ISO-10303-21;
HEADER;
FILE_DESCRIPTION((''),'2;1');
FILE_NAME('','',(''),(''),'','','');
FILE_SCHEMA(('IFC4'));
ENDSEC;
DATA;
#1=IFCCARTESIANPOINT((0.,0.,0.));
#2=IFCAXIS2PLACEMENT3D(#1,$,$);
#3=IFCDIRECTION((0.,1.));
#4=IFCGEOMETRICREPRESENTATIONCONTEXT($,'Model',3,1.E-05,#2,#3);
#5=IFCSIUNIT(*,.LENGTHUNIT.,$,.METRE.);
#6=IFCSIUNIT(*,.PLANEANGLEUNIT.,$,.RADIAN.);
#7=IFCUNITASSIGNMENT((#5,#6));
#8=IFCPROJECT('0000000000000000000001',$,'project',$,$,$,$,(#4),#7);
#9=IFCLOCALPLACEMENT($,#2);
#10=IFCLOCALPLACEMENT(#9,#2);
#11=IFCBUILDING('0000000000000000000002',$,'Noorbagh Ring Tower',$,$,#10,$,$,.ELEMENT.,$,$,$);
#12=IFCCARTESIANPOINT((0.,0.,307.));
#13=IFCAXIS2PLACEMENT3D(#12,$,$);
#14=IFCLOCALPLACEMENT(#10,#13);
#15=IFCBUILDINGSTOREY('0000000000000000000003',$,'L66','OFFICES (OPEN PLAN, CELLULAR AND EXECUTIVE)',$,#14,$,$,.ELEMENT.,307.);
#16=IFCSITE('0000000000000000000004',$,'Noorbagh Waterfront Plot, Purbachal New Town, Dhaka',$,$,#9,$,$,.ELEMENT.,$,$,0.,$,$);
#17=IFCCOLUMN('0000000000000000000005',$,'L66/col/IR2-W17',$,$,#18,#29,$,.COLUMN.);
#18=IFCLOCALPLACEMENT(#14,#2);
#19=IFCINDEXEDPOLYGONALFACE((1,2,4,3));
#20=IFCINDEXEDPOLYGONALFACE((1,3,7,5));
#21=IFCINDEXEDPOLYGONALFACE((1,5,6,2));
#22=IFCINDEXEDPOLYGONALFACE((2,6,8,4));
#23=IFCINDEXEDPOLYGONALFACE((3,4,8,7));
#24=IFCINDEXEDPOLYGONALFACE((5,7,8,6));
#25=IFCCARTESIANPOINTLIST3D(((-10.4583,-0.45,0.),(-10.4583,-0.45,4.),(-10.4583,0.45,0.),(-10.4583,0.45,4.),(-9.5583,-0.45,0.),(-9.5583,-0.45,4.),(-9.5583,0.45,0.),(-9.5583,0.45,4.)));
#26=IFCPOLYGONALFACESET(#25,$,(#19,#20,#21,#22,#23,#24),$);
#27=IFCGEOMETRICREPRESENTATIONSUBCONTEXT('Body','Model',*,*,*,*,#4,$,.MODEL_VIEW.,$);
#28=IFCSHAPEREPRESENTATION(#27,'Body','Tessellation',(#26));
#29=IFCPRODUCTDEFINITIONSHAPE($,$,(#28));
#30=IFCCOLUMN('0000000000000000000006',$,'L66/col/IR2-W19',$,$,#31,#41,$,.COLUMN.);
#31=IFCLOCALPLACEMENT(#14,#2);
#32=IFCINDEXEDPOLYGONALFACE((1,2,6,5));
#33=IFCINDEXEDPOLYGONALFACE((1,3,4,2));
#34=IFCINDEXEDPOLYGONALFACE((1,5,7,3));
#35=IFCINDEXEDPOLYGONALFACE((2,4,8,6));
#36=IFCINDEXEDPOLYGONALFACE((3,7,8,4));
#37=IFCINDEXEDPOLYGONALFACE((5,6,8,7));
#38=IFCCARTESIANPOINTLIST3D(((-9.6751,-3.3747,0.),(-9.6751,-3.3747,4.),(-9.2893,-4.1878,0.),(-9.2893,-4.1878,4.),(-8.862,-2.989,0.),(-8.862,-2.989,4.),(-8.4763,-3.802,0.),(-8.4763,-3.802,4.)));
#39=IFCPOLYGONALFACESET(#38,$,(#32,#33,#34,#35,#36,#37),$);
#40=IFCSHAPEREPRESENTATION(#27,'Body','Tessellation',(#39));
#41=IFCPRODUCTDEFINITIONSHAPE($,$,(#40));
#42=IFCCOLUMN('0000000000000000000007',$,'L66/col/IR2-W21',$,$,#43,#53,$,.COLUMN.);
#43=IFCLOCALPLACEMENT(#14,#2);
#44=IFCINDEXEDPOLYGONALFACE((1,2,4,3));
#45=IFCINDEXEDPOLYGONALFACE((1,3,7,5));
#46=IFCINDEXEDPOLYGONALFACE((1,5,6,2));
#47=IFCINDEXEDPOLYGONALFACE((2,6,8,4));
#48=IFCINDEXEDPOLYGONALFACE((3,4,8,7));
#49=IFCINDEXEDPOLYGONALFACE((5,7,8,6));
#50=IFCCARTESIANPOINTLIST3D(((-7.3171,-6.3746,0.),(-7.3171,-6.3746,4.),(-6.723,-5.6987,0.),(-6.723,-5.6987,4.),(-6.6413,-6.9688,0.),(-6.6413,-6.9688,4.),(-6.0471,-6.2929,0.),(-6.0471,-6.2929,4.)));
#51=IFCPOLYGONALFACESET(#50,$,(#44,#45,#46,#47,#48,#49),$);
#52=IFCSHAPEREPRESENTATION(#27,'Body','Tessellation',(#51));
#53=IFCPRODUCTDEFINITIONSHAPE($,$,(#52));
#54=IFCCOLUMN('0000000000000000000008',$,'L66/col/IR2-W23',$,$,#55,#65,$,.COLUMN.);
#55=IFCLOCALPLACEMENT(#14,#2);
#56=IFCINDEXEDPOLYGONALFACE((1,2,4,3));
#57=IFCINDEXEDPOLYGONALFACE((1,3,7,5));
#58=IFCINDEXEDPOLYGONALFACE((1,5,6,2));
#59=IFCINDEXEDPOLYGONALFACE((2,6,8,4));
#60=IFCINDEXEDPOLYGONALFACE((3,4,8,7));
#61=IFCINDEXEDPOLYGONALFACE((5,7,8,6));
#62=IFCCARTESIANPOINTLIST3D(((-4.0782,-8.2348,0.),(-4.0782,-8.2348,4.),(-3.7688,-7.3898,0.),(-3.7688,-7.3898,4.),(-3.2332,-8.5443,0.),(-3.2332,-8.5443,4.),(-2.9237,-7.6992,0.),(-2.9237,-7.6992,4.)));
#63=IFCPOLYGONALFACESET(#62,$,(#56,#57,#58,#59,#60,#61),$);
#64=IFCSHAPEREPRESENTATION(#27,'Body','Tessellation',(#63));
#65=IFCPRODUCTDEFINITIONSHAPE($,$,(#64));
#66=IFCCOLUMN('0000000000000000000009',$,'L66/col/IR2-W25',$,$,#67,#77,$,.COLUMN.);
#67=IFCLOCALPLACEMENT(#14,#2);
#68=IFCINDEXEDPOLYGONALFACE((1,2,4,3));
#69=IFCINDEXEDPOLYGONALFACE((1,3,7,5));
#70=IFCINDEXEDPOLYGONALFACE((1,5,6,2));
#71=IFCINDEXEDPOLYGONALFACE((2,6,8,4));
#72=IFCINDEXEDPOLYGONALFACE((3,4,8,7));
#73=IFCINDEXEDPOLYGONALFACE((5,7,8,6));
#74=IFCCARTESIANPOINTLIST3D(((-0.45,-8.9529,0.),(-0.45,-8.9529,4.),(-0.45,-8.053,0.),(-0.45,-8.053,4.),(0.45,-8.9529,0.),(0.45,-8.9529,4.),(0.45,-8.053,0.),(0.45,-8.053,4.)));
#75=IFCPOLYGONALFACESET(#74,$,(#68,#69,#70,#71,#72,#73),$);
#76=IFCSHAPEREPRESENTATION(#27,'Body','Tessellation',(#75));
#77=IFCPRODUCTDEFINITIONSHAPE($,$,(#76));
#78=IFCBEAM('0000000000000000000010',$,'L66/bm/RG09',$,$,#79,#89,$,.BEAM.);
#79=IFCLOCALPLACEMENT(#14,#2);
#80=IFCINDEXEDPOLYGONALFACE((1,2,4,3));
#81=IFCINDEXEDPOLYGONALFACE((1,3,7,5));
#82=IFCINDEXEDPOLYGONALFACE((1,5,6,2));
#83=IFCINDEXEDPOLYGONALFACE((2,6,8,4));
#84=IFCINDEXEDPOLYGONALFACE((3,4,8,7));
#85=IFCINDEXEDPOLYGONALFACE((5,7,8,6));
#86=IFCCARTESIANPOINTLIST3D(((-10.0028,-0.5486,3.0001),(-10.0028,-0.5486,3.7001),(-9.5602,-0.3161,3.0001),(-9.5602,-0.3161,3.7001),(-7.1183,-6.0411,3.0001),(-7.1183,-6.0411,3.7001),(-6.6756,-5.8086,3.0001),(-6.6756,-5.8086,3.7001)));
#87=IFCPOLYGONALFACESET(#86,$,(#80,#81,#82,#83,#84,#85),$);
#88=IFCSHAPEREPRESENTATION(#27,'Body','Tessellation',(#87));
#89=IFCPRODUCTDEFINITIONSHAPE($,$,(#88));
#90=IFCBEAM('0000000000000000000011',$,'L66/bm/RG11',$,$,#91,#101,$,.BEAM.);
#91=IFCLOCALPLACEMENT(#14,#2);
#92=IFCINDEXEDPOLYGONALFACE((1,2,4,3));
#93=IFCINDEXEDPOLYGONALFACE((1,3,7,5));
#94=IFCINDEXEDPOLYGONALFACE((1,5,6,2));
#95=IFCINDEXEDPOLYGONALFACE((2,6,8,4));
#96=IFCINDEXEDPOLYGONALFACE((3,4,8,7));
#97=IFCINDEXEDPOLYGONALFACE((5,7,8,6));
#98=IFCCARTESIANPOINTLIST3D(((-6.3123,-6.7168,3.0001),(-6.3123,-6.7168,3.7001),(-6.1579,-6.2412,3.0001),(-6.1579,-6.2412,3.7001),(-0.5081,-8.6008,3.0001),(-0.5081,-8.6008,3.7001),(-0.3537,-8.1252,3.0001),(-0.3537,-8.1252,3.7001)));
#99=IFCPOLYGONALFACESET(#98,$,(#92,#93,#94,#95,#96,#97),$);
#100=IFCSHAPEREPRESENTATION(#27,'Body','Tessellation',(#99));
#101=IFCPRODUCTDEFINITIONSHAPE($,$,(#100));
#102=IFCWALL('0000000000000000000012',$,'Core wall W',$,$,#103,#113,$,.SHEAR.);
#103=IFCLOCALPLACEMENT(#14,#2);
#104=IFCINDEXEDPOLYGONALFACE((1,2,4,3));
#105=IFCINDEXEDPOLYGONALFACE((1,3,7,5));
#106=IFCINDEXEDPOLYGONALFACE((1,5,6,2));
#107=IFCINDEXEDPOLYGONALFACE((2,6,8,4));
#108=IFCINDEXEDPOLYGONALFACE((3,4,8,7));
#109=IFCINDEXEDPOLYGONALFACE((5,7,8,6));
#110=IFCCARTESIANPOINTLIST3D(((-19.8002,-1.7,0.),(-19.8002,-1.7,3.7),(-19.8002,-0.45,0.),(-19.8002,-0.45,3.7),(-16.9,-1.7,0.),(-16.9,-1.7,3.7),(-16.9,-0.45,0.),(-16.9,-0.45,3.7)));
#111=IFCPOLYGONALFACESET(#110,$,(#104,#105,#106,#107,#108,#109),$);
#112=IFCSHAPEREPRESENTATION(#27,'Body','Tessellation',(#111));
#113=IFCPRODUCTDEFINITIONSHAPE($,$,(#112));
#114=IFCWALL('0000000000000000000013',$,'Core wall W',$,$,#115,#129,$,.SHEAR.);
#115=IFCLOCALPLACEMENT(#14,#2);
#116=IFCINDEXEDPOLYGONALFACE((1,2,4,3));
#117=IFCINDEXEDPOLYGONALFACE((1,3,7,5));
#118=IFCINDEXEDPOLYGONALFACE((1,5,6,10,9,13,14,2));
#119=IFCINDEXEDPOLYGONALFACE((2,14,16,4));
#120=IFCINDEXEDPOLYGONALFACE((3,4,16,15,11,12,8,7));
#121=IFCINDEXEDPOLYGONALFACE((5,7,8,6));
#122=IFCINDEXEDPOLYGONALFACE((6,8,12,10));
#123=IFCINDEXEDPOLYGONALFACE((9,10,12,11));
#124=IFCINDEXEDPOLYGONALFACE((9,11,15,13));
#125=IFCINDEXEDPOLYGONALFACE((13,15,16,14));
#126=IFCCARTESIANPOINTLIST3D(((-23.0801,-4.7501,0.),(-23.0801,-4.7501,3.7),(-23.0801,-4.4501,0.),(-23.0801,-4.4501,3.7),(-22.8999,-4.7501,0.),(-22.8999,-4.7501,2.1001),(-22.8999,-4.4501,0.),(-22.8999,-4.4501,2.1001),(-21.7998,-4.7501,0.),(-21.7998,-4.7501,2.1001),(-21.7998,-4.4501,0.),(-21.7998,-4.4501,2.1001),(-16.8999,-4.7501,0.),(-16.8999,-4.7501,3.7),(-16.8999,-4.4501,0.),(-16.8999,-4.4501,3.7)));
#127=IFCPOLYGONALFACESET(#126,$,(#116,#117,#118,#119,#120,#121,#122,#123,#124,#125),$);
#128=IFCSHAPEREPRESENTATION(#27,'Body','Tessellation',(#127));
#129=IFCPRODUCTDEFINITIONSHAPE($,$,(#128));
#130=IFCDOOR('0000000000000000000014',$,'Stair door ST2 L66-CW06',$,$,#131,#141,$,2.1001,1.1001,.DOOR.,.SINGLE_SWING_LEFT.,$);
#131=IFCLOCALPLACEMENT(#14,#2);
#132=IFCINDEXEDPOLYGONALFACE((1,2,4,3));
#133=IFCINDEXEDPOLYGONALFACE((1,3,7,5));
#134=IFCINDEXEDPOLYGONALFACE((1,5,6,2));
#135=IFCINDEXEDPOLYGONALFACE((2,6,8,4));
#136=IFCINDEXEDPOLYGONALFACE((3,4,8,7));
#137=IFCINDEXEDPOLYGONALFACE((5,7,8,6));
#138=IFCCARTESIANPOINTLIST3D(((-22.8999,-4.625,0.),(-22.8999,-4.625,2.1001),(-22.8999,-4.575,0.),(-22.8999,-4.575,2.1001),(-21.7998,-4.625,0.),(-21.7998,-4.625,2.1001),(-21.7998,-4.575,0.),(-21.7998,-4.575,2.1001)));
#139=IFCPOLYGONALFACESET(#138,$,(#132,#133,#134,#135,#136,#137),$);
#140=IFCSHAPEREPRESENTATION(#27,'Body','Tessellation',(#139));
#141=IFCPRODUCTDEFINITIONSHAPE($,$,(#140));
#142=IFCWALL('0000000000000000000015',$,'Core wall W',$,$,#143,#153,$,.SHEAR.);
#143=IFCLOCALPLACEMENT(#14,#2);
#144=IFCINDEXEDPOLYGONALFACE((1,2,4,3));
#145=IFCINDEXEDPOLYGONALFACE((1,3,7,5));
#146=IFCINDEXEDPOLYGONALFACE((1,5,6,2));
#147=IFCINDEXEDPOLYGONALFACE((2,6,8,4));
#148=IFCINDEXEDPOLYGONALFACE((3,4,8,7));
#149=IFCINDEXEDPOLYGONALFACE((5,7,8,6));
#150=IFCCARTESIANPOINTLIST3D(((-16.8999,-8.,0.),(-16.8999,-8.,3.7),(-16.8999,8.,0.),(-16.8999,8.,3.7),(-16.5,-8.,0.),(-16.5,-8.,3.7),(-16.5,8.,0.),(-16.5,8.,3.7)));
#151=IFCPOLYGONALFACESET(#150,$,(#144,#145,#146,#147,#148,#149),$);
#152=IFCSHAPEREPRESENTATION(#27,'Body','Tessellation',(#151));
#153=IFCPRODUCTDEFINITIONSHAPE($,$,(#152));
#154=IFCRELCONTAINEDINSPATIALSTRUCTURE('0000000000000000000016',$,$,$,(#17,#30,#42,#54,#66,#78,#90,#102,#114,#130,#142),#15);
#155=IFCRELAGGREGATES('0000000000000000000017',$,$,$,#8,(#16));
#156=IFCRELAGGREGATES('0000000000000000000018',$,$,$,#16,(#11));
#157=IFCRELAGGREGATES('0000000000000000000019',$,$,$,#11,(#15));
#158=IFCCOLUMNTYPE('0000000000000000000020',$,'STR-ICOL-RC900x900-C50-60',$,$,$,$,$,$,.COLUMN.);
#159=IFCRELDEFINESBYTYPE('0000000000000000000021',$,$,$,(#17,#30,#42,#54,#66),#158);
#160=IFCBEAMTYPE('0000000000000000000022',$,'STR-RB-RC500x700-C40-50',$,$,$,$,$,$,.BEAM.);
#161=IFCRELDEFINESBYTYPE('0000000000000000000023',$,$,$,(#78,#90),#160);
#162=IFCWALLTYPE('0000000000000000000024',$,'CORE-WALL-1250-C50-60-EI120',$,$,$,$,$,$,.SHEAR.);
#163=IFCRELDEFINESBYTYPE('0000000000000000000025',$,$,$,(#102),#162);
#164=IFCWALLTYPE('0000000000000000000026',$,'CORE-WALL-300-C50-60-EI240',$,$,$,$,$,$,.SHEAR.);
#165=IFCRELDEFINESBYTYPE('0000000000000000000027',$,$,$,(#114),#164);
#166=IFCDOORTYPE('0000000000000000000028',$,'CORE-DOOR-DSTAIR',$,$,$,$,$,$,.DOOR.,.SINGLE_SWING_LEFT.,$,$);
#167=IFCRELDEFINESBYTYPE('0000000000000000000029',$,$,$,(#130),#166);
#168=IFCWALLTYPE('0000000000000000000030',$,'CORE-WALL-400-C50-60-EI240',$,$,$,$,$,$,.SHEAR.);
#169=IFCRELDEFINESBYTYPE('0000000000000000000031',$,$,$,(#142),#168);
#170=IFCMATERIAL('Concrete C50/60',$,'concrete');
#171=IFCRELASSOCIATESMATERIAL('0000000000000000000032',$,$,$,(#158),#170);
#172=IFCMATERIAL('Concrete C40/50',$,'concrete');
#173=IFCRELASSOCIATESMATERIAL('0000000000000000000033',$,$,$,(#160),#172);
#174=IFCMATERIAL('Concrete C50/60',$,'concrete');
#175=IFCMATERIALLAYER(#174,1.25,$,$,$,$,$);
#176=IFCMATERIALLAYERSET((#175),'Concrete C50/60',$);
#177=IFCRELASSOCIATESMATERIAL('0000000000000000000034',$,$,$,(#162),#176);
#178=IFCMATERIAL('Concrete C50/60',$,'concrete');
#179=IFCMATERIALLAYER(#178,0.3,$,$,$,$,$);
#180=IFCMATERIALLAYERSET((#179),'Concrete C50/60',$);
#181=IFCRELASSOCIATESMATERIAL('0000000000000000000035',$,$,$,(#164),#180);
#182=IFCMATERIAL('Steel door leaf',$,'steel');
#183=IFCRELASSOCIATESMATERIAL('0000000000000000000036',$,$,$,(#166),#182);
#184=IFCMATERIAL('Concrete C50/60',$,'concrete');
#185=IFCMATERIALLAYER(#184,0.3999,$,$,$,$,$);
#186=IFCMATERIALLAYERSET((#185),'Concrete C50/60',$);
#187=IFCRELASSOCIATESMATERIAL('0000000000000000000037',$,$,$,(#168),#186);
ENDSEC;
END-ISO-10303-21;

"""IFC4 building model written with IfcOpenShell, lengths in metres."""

from ifc_helpers import new_model, si_unit, direction, frame, frame_2d, origin, origin_2d, place, context, subcontext, project, spatial, rectangle, extrude, material, layer, layer_set, material_profile, profile_set, type_object, element, fill, save


model = new_model("IFC4")

# Units and contexts
model_context = context("Model", 3, precision=1e-05, world=origin(), true_north=direction((0.0, 1.0)))
body_context = subcontext(model_context, "Body", "Model", "MODEL_VIEW")
ifc_project = project(units=[si_unit("LENGTHUNIT", "METRE"), si_unit("PLANEANGLEUNIT", "RADIAN")], contexts=[model_context])

# Site, building, storey
site_placement = place(None, origin())
site = spatial("IfcSite", under=ifc_project, at=site_placement, Name="Noorbagh Waterfront Plot, Purbachal New Town, Dhaka", CompositionType="ELEMENT", RefElevation=0.0)
building_placement = place(site_placement, origin())
building = spatial("IfcBuilding", under=site, at=building_placement, Name="Noorbagh Ring Tower", CompositionType="ELEMENT")
storey_placement = place(building_placement, frame((0.0, 0.0, 307.0)))
storey = spatial("IfcBuildingStorey", under=building, at=storey_placement, Name="L66", Description="OFFICES (OPEN PLAN, CELLULAR AND EXECUTIVE)", CompositionType="ELEMENT", Elevation=307.0)

# Columns
ifc_material_1 = material(Name="Concrete C50/60", Category="concrete")
ifc_material_profile_1 = material_profile(ifc_material_1, rectangle(XDim=0.8999, YDim=0.8999, at=origin_2d()), Name="RC900x900")
ifc_profile_set_1 = profile_set([ifc_material_profile_1], Name="Concrete C50/60")
column_type = type_object("IfcColumnType", Name="STR-ICOL-RC900x900-C50-60", PredefinedType="COLUMN", material=ifc_profile_set_1)
for number, where, z_axis, x_axis, name in (
    (1, (-10.0083, 0.0, 0.0), (0.0, 0.0, 1.0), (0.0, -1.0, 0.0), "L66/col/IR2-W17"),
    (2, (-9.0757, -3.5884, 0.0), (0.0, 0.0, 1.0), (0.428667, -0.903463, 0.0), "L66/col/IR2-W19"),
    (3, (-6.6821, -6.3337, 0.0), (0.0, 0.0, 1.0), (0.751022, -0.660277, 0.0), "L66/col/IR2-W21"),
    (4, (-3.501, -7.967, 0.0), (0.0, 0.0, 1.0), (0.93902, -0.343864, 0.0), "L66/col/IR2-W23"),
    (5, (0.0, -8.5029, 0.0), (0.0, 0.0, 1.0), (1.0, 0.0, 0.0), "L66/col/IR2-W25"),
):
    element("IfcColumn", number, at=place(storey_placement, frame(where, z_axis=z_axis, x_axis=x_axis)), inside=storey, type_object=column_type, Name=name, PredefinedType="COLUMN", context=body_context, shape_type="SweptSolid", body=[
        extrude(rectangle(XDim=0.8999, YDim=0.8999, at=origin_2d()), origin(), (0.0, 0.0, 1.0), 4.0),
    ])

# Beams
ifc_material_2 = material(Name="Concrete C40/50", Category="concrete")
ifc_material_profile_2 = material_profile(ifc_material_2, rectangle(XDim=0.5, YDim=0.7, at=origin_2d()), Name="RC500x700")
ifc_profile_set_2 = profile_set([ifc_material_profile_2], Name="Concrete C40/50")
beam_type = type_object("IfcBeamType", Name="STR-RB-RC500x700-C40-50", PredefinedType="BEAM", material=ifc_profile_set_2)
beam_1_placement = place(storey_placement, frame((-9.7815, -0.4324, 3.3501), z_axis=(0.46496, -0.885332, 0.0), x_axis=(0.885332, 0.46496, 0.0)))
element("IfcBeam", 6, at=beam_1_placement, inside=storey, type_object=beam_type, Name="L66/bm/RG09", PredefinedType="BEAM", context=body_context, shape_type="SweptSolid", body=[
    extrude(rectangle(XDim=0.5, YDim=0.7, at=origin_2d()), origin(), (0.0, 0.0, 1.0), 6.2039),
])
beam_2_placement = place(storey_placement, frame((-6.2351, -6.479, 3.3501), z_axis=(0.951146, -0.30874, 0.0), x_axis=(0.30874, 0.951146, 0.0)))
element("IfcBeam", 7, at=beam_2_placement, inside=storey, type_object=beam_type, Name="L66/bm/RG11", PredefinedType="BEAM", context=body_context, shape_type="SweptSolid", body=[
    extrude(rectangle(XDim=0.5, YDim=0.7, at=origin_2d()), origin(), (0.0, 0.0, 1.0), 6.1023),
])

# Wall
ifc_material_3 = material(Name="Concrete C50/60", Category="concrete")
ifc_layer_1 = layer(ifc_material_3, 1.25)
ifc_layer_set_1 = layer_set([ifc_layer_1], Name="Concrete C50/60")
wall_type_1 = type_object("IfcWallType", Name="CORE-WALL-1250-C50-60-EI120", PredefinedType="SHEAR", material=ifc_layer_set_1)
wall_1_placement = place(storey_placement, frame((-16.8999, -1.075, 0.0), z_axis=(0.0, 0.0, 1.0), x_axis=(-1.0, 0.0, 0.0)))
element("IfcWall", 8, at=wall_1_placement, inside=storey, type_object=wall_type_1, Name="Core wall W", PredefinedType="SHEAR", context=body_context, shape_type="SweptSolid", body=[
    extrude(rectangle(XDim=2.9001, YDim=1.25, at=frame_2d((1.4502, 0.0))), origin(), (0.0, 0.0, 1.0), 3.7),
])

# Wall, opening, door
ifc_material_4 = material(Name="Concrete C50/60", Category="concrete")
ifc_layer_2 = layer(ifc_material_4, 0.3)
ifc_layer_set_2 = layer_set([ifc_layer_2], Name="Concrete C50/60")
wall_type_2 = type_object("IfcWallType", Name="CORE-WALL-300-C50-60-EI240", PredefinedType="SHEAR", material=ifc_layer_set_2)
wall_2_placement = place(storey_placement, frame((-16.8999, -4.6001, 0.0), z_axis=(0.0, 0.0, 1.0), x_axis=(-1.0, 0.0, 0.0)))
wall_2 = element("IfcWall", 9, at=wall_2_placement, inside=storey, type_object=wall_type_2, Name="Core wall W", PredefinedType="SHEAR", context=body_context, shape_type="SweptSolid", body=[
    extrude(rectangle(XDim=6.1802, YDim=0.3, at=frame_2d((3.0901, 0.0))), origin(), (0.0, 0.0, 1.0), 3.7),
])
opening_1_placement = place(wall_2_placement, frame((4.8999, 0.0, 0.0)))
opening_1 = element("IfcOpeningElement", 10, at=opening_1_placement, cuts=wall_2, PredefinedType="OPENING", context=body_context, shape_type="SweptSolid", body=[
    extrude(rectangle(XDim=1.1001, YDim=2.1001, at=frame_2d((0.55, 1.05))), frame((0.0, 0.1602, 0.0), z_axis=(0.0, -1.0, 0.0), x_axis=(1.0, 0.0, 0.0)), (0.0, 0.0, 1.0), 0.3201),
])
ifc_material_5 = material(Name="Steel door leaf", Category="steel")
door_type_1 = type_object("IfcDoorType", Name="CORE-DOOR-DSTAIR", OperationType="SINGLE_SWING_LEFT", PredefinedType="DOOR", material=ifc_material_5)
door_1_placement = place(opening_1_placement, origin())
door_1 = element("IfcDoor", 11, at=door_1_placement, inside=storey, type_object=door_type_1, Name="Stair door ST2 L66-CW06", OperationType="SINGLE_SWING_LEFT", OverallHeight=2.1001, OverallWidth=1.1001, PredefinedType="DOOR", context=body_context, shape_type="SweptSolid", body=[
    extrude(rectangle(XDim=1.1001, YDim=2.1001, at=frame_2d((0.55, 1.05))), frame((0.0, 0.0249, 0.0), z_axis=(0.0, -1.0, 0.0), x_axis=(1.0, 0.0, 0.0)), (0.0, 0.0, 1.0), 0.05),
])
fill(opening_1, door_1)

# Wall
ifc_material_6 = material(Name="Concrete C50/60", Category="concrete")
ifc_layer_3 = layer(ifc_material_6, 0.3999)
ifc_layer_set_3 = layer_set([ifc_layer_3], Name="Concrete C50/60")
wall_type_3 = type_object("IfcWallType", Name="CORE-WALL-400-C50-60-EI240", PredefinedType="SHEAR", material=ifc_layer_set_3)
wall_3_placement = place(storey_placement, frame((-16.7, -8.0, 0.0), z_axis=(0.0, 0.0, 1.0), x_axis=(0.0, 1.0, 0.0)))
element("IfcWall", 12, at=wall_3_placement, inside=storey, type_object=wall_type_3, Name="Core wall W", PredefinedType="SHEAR", context=body_context, shape_type="SweptSolid", body=[
    extrude(rectangle(XDim=16.0, YDim=0.3999, at=frame_2d((8.0, 0.0))), origin(), (0.0, 0.0, 1.0), 3.7),
])

save(model, "model.ifc")
